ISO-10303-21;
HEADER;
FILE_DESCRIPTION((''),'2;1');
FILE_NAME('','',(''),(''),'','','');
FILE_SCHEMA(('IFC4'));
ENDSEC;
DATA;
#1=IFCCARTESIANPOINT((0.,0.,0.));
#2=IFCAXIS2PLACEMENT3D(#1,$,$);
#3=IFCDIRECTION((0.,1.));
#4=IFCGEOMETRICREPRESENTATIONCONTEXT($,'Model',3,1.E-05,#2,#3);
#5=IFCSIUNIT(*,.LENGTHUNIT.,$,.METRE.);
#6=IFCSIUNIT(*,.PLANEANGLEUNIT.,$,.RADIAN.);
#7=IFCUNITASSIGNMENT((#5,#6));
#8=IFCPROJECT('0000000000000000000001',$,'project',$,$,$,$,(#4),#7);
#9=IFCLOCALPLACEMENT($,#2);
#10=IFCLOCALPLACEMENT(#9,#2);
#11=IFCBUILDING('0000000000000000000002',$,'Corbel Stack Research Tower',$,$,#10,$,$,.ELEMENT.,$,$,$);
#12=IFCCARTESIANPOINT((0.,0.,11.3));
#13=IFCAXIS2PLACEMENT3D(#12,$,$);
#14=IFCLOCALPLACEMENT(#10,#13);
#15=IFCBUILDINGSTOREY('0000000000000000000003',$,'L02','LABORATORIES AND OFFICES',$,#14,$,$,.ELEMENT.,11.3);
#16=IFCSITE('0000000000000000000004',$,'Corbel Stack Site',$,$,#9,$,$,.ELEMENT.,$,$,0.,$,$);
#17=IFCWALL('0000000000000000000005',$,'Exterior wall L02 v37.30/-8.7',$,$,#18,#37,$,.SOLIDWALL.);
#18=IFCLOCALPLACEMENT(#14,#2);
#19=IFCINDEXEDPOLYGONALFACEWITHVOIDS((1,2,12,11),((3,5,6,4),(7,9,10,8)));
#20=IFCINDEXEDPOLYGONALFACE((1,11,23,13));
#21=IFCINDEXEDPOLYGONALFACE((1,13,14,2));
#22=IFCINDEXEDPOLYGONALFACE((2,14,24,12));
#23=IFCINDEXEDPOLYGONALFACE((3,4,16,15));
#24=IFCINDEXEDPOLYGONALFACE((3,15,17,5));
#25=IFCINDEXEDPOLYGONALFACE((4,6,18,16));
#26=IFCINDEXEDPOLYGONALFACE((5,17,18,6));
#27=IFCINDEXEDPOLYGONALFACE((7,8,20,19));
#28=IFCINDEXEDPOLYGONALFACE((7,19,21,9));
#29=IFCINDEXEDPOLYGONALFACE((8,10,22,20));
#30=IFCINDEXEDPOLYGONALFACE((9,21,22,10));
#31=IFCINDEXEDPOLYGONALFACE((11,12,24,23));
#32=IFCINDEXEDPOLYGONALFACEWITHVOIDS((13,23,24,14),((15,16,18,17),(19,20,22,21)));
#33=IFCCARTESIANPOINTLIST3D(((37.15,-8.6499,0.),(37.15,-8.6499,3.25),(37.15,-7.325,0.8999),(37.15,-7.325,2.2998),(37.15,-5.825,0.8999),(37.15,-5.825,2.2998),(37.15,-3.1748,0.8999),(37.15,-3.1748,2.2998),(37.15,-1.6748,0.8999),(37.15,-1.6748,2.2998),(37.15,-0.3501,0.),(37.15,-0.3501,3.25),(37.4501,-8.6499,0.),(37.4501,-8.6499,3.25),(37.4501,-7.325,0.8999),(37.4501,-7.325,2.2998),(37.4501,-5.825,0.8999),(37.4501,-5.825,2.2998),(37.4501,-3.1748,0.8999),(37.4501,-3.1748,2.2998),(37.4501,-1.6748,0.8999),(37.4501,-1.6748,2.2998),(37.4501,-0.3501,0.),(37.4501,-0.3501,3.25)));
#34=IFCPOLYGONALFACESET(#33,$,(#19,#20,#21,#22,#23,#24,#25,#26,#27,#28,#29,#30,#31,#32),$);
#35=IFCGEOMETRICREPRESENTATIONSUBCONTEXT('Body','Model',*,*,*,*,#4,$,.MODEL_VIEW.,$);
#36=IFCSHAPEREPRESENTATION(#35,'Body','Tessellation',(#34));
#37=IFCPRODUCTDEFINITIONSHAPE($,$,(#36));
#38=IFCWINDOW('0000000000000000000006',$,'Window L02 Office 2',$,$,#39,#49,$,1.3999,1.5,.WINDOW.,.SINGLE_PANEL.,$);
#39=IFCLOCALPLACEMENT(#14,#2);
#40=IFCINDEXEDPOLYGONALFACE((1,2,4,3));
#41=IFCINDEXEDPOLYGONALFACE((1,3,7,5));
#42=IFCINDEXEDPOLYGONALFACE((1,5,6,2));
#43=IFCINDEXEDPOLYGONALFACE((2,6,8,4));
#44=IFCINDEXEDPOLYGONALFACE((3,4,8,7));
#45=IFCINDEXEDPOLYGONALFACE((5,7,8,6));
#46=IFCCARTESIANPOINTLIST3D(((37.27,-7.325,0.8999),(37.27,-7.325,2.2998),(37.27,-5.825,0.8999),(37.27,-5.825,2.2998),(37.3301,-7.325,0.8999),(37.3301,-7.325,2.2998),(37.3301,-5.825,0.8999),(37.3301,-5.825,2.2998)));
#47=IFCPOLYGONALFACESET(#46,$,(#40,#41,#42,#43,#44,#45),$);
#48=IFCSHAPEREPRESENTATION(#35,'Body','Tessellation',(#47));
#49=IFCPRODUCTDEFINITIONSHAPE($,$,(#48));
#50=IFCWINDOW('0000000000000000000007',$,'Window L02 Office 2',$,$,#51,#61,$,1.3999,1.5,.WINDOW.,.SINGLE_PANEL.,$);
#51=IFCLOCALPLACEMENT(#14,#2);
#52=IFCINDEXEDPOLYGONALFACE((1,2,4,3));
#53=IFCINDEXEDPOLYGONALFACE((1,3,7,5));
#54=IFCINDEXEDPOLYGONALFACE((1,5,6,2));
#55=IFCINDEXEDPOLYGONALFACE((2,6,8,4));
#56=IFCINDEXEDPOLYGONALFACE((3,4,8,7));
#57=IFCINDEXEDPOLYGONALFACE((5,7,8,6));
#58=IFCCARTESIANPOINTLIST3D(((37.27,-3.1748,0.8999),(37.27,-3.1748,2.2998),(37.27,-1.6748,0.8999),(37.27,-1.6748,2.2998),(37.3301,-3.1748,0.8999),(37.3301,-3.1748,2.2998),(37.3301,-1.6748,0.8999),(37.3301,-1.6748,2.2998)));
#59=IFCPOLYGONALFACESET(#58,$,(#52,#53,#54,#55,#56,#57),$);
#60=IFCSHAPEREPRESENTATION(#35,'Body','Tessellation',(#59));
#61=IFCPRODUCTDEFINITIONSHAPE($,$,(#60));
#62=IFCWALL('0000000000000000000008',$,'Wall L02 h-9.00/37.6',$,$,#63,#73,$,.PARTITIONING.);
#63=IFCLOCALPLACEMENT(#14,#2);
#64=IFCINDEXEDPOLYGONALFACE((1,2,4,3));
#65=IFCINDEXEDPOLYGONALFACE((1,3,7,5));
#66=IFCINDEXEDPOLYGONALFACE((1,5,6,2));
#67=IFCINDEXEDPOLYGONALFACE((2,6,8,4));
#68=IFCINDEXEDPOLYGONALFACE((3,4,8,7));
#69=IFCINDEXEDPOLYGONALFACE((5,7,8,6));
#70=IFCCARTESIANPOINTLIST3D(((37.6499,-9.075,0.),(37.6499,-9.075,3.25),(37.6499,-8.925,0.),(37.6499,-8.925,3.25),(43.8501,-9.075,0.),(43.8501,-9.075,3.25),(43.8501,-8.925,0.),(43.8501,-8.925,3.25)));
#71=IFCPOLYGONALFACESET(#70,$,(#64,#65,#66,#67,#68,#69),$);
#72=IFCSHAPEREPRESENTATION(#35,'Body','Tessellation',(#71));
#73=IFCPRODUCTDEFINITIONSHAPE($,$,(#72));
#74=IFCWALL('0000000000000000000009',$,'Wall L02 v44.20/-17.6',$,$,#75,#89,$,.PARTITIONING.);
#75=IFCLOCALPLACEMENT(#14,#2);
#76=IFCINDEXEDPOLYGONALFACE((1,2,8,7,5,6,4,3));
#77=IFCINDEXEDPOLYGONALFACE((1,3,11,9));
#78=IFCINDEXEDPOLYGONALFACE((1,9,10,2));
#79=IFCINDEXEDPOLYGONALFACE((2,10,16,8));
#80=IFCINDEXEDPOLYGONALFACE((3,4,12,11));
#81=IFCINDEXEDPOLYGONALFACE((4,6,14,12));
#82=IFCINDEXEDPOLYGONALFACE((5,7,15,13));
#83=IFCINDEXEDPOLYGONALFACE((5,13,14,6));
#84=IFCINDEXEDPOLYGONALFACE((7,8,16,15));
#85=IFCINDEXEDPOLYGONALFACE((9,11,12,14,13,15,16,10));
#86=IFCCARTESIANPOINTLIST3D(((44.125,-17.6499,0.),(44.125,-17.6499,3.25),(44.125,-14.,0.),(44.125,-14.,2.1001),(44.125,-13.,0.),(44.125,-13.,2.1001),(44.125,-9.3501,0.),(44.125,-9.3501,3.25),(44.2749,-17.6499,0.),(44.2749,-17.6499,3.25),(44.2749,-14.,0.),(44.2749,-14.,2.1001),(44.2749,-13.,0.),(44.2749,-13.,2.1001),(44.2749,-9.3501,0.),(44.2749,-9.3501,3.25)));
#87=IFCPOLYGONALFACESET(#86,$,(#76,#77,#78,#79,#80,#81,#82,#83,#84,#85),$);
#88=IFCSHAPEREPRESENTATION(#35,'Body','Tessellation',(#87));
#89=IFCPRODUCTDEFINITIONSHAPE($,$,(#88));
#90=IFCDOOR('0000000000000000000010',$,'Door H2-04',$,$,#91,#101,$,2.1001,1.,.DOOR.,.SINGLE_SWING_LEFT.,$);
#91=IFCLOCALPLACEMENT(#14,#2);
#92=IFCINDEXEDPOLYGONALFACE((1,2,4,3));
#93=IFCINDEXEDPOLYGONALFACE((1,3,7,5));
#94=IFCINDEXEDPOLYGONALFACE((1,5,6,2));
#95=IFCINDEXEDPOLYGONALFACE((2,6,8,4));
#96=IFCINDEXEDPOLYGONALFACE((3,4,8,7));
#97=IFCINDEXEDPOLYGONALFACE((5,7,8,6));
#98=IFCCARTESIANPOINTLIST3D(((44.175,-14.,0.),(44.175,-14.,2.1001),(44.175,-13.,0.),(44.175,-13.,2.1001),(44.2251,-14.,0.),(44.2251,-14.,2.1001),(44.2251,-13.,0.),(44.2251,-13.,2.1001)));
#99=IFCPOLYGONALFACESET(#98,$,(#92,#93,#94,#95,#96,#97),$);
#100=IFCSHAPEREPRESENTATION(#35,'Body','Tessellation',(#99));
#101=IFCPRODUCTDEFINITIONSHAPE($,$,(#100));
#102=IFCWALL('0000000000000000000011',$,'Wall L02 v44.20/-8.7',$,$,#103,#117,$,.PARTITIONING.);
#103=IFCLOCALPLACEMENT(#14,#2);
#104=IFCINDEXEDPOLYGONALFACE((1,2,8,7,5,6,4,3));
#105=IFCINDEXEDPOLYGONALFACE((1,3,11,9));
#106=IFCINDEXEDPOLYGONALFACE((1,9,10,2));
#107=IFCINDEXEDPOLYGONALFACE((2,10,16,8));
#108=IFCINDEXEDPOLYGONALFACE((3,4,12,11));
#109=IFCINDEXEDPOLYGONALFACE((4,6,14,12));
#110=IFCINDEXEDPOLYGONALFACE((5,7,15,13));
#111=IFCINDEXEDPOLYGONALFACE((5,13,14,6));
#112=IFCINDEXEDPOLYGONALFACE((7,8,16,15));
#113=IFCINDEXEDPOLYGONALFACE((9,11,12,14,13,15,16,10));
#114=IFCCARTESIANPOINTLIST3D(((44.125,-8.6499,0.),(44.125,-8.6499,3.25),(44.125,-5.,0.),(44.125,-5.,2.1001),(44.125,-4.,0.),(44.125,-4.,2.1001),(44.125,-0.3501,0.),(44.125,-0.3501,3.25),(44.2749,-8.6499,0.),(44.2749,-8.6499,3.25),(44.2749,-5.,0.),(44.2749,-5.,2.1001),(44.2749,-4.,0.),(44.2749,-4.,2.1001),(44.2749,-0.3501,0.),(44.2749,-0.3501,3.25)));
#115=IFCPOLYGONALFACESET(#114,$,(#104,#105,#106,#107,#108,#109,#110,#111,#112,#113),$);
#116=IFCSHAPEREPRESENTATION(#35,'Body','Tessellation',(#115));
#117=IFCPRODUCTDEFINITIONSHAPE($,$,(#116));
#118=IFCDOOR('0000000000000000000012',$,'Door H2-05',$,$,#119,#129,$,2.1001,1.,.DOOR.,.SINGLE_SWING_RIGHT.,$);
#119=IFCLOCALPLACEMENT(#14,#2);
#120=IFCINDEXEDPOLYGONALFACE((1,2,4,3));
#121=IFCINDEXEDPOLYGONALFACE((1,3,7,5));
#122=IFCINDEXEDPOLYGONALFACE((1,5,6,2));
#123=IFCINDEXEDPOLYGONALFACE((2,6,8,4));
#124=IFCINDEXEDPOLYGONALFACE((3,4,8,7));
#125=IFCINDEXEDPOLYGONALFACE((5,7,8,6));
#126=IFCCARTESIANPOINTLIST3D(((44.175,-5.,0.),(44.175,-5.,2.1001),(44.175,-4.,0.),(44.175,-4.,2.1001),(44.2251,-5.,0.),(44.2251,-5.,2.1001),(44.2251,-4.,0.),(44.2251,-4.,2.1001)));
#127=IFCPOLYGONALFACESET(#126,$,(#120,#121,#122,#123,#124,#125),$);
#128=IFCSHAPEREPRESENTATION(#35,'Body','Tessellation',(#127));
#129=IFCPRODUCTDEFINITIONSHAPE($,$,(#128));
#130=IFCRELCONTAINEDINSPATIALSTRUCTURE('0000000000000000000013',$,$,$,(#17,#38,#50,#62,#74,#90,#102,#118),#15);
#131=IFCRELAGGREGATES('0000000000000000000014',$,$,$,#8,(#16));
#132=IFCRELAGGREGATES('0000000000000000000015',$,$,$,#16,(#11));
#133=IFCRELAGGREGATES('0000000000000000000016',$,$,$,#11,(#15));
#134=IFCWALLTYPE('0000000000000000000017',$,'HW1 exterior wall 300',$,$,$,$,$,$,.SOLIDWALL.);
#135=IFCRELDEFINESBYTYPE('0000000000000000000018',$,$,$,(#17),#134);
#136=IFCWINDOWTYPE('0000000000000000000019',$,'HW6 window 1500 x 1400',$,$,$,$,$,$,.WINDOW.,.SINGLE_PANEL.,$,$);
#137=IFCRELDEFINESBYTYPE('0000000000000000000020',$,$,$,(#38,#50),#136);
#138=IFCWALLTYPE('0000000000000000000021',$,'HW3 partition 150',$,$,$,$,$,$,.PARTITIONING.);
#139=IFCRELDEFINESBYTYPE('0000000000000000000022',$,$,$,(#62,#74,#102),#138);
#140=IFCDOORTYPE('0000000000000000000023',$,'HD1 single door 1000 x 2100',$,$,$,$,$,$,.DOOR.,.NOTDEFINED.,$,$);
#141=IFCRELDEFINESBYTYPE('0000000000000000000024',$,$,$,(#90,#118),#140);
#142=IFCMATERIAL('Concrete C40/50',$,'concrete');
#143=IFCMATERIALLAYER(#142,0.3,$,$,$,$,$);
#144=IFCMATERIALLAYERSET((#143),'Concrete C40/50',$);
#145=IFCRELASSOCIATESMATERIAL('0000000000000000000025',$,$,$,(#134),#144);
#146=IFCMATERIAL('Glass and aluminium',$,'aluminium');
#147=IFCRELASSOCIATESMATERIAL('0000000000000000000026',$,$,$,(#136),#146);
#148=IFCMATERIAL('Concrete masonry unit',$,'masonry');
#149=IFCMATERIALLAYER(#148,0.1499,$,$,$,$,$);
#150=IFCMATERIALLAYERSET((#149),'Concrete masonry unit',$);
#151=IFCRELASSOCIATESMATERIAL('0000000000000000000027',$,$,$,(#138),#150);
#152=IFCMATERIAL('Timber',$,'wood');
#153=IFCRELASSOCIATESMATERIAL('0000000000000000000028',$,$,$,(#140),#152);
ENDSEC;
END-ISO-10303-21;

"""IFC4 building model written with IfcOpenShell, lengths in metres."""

from ifc_helpers import new_model, si_unit, direction, frame, frame_2d, origin, place, context, subcontext, project, spatial, rectangle, extrude, material, layer, layer_set, type_object, element, fill, save


model = new_model("IFC4")

# Units and contexts
model_context = context("Model", 3, precision=1e-05, world=origin(), true_north=direction((0.0, 1.0)))
body_context = subcontext(model_context, "Body", "Model", "MODEL_VIEW")
ifc_project = project(units=[si_unit("LENGTHUNIT", "METRE"), si_unit("PLANEANGLEUNIT", "RADIAN")], contexts=[model_context])

# Site, building, storey
site_placement = place(None, origin())
site = spatial("IfcSite", under=ifc_project, at=site_placement, Name="Corbel Stack Site", CompositionType="ELEMENT", RefElevation=0.0)
building_placement = place(site_placement, origin())
building = spatial("IfcBuilding", under=site, at=building_placement, Name="Corbel Stack Research Tower", CompositionType="ELEMENT")
storey_placement = place(building_placement, frame((0.0, 0.0, 11.3)))
storey = spatial("IfcBuildingStorey", under=building, at=storey_placement, Name="L02", Description="LABORATORIES AND OFFICES", CompositionType="ELEMENT", Elevation=11.3)

# Wall, openings, windows
ifc_material_1 = material(Name="Concrete C40/50", Category="concrete")
ifc_layer_1 = layer(ifc_material_1, 0.3)
ifc_layer_set_1 = layer_set([ifc_layer_1], Name="Concrete C40/50")
wall_type_1 = type_object("IfcWallType", Name="HW1 exterior wall 300", PredefinedType="SOLIDWALL", material=ifc_layer_set_1)
ifc_material_2 = material(Name="Glass and aluminium", Category="aluminium")
window_type = type_object("IfcWindowType", Name="HW6 window 1500 x 1400", PartitioningType="SINGLE_PANEL", PredefinedType="WINDOW", material=ifc_material_2)
wall_1_placement = place(storey_placement, frame((37.3, -8.6499, 0.0), z_axis=(0.0, 0.0, 1.0), x_axis=(0.0, 1.0, 0.0)))
wall_1 = element("IfcWall", 1, at=wall_1_placement, inside=storey, type_object=wall_type_1, Name="Exterior wall L02 v37.30/-8.7", PredefinedType="SOLIDWALL", context=body_context, shape_type="SweptSolid", body=[
    extrude(rectangle(XDim=8.2998, YDim=0.3, at=frame_2d((4.1499, 0.0))), origin(), (0.0, 0.0, 1.0), 3.25),
])
opening_1_placement = place(wall_1_placement, frame((1.325, 0.0, 0.8999)))
opening_1 = element("IfcOpeningElement", 2, at=opening_1_placement, cuts=wall_1, PredefinedType="OPENING", context=body_context, shape_type="SweptSolid", body=[
    extrude(rectangle(XDim=1.5, YDim=1.3999, at=frame_2d((0.75, 0.7))), frame((0.0, 0.1599, 0.0), z_axis=(0.0, -1.0, 0.0), x_axis=(1.0, 0.0, 0.0)), (0.0, 0.0, 1.0), 0.3201),
])
opening_2_placement = place(wall_1_placement, frame((5.4751, 0.0, 0.8999)))
opening_2 = element("IfcOpeningElement", 3, at=opening_2_placement, cuts=wall_1, PredefinedType="OPENING", context=body_context, shape_type="SweptSolid", body=[
    extrude(rectangle(XDim=1.5, YDim=1.3999, at=frame_2d((0.75, 0.7))), frame((0.0, 0.1599, 0.0), z_axis=(0.0, -1.0, 0.0), x_axis=(1.0, 0.0, 0.0)), (0.0, 0.0, 1.0), 0.3201),
])
window_1_placement = place(opening_1_placement, origin())
window_1 = element("IfcWindow", 4, at=window_1_placement, inside=storey, type_object=window_type, Name="Window L02 Office 2", OverallHeight=1.3999, OverallWidth=1.5, PartitioningType="SINGLE_PANEL", PredefinedType="WINDOW", context=body_context, shape_type="SweptSolid", body=[
    extrude(rectangle(XDim=1.5, YDim=1.3999, at=frame_2d((0.75, 0.7))), frame((0.0, 0.03, 0.0), z_axis=(0.0, -1.0, 0.0), x_axis=(1.0, 0.0, 0.0)), (0.0, 0.0, 1.0), 0.0601),
])
fill(opening_1, window_1)
window_2_placement = place(opening_2_placement, origin())
window_2 = element("IfcWindow", 5, at=window_2_placement, inside=storey, type_object=window_type, Name="Window L02 Office 2", OverallHeight=1.3999, OverallWidth=1.5, PartitioningType="SINGLE_PANEL", PredefinedType="WINDOW", context=body_context, shape_type="SweptSolid", body=[
    extrude(rectangle(XDim=1.5, YDim=1.3999, at=frame_2d((0.75, 0.7))), frame((0.0, 0.03, 0.0), z_axis=(0.0, -1.0, 0.0), x_axis=(1.0, 0.0, 0.0)), (0.0, 0.0, 1.0), 0.0601),
])
fill(opening_2, window_2)

# Wall
ifc_material_3 = material(Name="Concrete masonry unit", Category="masonry")
ifc_layer_2 = layer(ifc_material_3, 0.1499)
ifc_layer_set_2 = layer_set([ifc_layer_2], Name="Concrete masonry unit")
wall_type_2 = type_object("IfcWallType", Name="HW3 partition 150", PredefinedType="PARTITIONING", material=ifc_layer_set_2)
wall_2_placement = place(storey_placement, frame((37.6499, -9.0, 0.0), z_axis=(0.0, 0.0, 1.0), x_axis=(1.0, 0.0, 0.0)))
element("IfcWall", 6, at=wall_2_placement, inside=storey, type_object=wall_type_2, Name="Wall L02 h-9.00/37.6", PredefinedType="PARTITIONING", context=body_context, shape_type="SweptSolid", body=[
    extrude(rectangle(XDim=6.2002, YDim=0.1499, at=frame_2d((3.1001, 0.0))), origin(), (0.0, 0.0, 1.0), 3.25),
])

# Walls, openings, doors
wall_3_placement = place(storey_placement, frame((44.2, -17.6499, 0.0), z_axis=(0.0, 0.0, 1.0), x_axis=(0.0, 1.0, 0.0)))
wall_3 = element("IfcWall", 7, at=wall_3_placement, inside=storey, type_object=wall_type_2, Name="Wall L02 v44.20/-17.6", PredefinedType="PARTITIONING", context=body_context, shape_type="SweptSolid", body=[
    extrude(rectangle(XDim=8.2998, YDim=0.1499, at=frame_2d((4.1499, 0.0))), origin(), (0.0, 0.0, 1.0), 3.25),
])
opening_3_placement = place(wall_3_placement, frame((3.6499, 0.0, 0.0)))
opening_3 = element("IfcOpeningElement", 8, at=opening_3_placement, cuts=wall_3, PredefinedType="OPENING", context=body_context, shape_type="SweptSolid", body=[
    extrude(rectangle(XDim=1.0, YDim=2.1001, at=frame_2d((0.5, 1.05))), frame((0.0, 0.085, 0.0), z_axis=(0.0, -1.0, 0.0), x_axis=(1.0, 0.0, 0.0)), (0.0, 0.0, 1.0), 0.1699),
])
ifc_material_4 = material(Name="Timber", Category="wood")
door_type = type_object("IfcDoorType", Name="HD1 single door 1000 x 2100", OperationType="NOTDEFINED", PredefinedType="DOOR", material=ifc_material_4)
door_1_placement = place(opening_3_placement, origin())
door_1 = element("IfcDoor", 9, at=door_1_placement, inside=storey, type_object=door_type, Name="Door H2-04", OperationType="SINGLE_SWING_LEFT", OverallHeight=2.1001, OverallWidth=1.0, PredefinedType="DOOR", context=body_context, shape_type="SweptSolid", body=[
    extrude(rectangle(XDim=1.0, YDim=2.1001, at=frame_2d((0.5, 1.05))), frame((0.0, 0.0249, 0.0), z_axis=(0.0, -1.0, 0.0), x_axis=(1.0, 0.0, 0.0)), (0.0, 0.0, 1.0), 0.05),
])
fill(opening_3, door_1)
wall_4_placement = place(storey_placement, frame((44.2, -8.6499, 0.0), z_axis=(0.0, 0.0, 1.0), x_axis=(0.0, 1.0, 0.0)))
wall_4 = element("IfcWall", 10, at=wall_4_placement, inside=storey, type_object=wall_type_2, Name="Wall L02 v44.20/-8.7", PredefinedType="PARTITIONING", context=body_context, shape_type="SweptSolid", body=[
    extrude(rectangle(XDim=8.2998, YDim=0.1499, at=frame_2d((4.1499, 0.0))), origin(), (0.0, 0.0, 1.0), 3.25),
])
opening_4_placement = place(wall_4_placement, frame((3.6499, 0.0, 0.0)))
opening_4 = element("IfcOpeningElement", 11, at=opening_4_placement, cuts=wall_4, PredefinedType="OPENING", context=body_context, shape_type="SweptSolid", body=[
    extrude(rectangle(XDim=1.0, YDim=2.1001, at=frame_2d((0.5, 1.05))), frame((0.0, 0.085, 0.0), z_axis=(0.0, -1.0, 0.0), x_axis=(1.0, 0.0, 0.0)), (0.0, 0.0, 1.0), 0.1699),
])
door_2_placement = place(opening_4_placement, origin())
door_2 = element("IfcDoor", 12, at=door_2_placement, inside=storey, type_object=door_type, Name="Door H2-05", OperationType="SINGLE_SWING_RIGHT", OverallHeight=2.1001, OverallWidth=1.0, PredefinedType="DOOR", context=body_context, shape_type="SweptSolid", body=[
    extrude(rectangle(XDim=1.0, YDim=2.1001, at=frame_2d((0.5, 1.05))), frame((0.0, 0.0249, 0.0), z_axis=(0.0, -1.0, 0.0), x_axis=(1.0, 0.0, 0.0)), (0.0, 0.0, 1.0), 0.05),
])
fill(opening_4, door_2)

save(model, "model.ifc")
